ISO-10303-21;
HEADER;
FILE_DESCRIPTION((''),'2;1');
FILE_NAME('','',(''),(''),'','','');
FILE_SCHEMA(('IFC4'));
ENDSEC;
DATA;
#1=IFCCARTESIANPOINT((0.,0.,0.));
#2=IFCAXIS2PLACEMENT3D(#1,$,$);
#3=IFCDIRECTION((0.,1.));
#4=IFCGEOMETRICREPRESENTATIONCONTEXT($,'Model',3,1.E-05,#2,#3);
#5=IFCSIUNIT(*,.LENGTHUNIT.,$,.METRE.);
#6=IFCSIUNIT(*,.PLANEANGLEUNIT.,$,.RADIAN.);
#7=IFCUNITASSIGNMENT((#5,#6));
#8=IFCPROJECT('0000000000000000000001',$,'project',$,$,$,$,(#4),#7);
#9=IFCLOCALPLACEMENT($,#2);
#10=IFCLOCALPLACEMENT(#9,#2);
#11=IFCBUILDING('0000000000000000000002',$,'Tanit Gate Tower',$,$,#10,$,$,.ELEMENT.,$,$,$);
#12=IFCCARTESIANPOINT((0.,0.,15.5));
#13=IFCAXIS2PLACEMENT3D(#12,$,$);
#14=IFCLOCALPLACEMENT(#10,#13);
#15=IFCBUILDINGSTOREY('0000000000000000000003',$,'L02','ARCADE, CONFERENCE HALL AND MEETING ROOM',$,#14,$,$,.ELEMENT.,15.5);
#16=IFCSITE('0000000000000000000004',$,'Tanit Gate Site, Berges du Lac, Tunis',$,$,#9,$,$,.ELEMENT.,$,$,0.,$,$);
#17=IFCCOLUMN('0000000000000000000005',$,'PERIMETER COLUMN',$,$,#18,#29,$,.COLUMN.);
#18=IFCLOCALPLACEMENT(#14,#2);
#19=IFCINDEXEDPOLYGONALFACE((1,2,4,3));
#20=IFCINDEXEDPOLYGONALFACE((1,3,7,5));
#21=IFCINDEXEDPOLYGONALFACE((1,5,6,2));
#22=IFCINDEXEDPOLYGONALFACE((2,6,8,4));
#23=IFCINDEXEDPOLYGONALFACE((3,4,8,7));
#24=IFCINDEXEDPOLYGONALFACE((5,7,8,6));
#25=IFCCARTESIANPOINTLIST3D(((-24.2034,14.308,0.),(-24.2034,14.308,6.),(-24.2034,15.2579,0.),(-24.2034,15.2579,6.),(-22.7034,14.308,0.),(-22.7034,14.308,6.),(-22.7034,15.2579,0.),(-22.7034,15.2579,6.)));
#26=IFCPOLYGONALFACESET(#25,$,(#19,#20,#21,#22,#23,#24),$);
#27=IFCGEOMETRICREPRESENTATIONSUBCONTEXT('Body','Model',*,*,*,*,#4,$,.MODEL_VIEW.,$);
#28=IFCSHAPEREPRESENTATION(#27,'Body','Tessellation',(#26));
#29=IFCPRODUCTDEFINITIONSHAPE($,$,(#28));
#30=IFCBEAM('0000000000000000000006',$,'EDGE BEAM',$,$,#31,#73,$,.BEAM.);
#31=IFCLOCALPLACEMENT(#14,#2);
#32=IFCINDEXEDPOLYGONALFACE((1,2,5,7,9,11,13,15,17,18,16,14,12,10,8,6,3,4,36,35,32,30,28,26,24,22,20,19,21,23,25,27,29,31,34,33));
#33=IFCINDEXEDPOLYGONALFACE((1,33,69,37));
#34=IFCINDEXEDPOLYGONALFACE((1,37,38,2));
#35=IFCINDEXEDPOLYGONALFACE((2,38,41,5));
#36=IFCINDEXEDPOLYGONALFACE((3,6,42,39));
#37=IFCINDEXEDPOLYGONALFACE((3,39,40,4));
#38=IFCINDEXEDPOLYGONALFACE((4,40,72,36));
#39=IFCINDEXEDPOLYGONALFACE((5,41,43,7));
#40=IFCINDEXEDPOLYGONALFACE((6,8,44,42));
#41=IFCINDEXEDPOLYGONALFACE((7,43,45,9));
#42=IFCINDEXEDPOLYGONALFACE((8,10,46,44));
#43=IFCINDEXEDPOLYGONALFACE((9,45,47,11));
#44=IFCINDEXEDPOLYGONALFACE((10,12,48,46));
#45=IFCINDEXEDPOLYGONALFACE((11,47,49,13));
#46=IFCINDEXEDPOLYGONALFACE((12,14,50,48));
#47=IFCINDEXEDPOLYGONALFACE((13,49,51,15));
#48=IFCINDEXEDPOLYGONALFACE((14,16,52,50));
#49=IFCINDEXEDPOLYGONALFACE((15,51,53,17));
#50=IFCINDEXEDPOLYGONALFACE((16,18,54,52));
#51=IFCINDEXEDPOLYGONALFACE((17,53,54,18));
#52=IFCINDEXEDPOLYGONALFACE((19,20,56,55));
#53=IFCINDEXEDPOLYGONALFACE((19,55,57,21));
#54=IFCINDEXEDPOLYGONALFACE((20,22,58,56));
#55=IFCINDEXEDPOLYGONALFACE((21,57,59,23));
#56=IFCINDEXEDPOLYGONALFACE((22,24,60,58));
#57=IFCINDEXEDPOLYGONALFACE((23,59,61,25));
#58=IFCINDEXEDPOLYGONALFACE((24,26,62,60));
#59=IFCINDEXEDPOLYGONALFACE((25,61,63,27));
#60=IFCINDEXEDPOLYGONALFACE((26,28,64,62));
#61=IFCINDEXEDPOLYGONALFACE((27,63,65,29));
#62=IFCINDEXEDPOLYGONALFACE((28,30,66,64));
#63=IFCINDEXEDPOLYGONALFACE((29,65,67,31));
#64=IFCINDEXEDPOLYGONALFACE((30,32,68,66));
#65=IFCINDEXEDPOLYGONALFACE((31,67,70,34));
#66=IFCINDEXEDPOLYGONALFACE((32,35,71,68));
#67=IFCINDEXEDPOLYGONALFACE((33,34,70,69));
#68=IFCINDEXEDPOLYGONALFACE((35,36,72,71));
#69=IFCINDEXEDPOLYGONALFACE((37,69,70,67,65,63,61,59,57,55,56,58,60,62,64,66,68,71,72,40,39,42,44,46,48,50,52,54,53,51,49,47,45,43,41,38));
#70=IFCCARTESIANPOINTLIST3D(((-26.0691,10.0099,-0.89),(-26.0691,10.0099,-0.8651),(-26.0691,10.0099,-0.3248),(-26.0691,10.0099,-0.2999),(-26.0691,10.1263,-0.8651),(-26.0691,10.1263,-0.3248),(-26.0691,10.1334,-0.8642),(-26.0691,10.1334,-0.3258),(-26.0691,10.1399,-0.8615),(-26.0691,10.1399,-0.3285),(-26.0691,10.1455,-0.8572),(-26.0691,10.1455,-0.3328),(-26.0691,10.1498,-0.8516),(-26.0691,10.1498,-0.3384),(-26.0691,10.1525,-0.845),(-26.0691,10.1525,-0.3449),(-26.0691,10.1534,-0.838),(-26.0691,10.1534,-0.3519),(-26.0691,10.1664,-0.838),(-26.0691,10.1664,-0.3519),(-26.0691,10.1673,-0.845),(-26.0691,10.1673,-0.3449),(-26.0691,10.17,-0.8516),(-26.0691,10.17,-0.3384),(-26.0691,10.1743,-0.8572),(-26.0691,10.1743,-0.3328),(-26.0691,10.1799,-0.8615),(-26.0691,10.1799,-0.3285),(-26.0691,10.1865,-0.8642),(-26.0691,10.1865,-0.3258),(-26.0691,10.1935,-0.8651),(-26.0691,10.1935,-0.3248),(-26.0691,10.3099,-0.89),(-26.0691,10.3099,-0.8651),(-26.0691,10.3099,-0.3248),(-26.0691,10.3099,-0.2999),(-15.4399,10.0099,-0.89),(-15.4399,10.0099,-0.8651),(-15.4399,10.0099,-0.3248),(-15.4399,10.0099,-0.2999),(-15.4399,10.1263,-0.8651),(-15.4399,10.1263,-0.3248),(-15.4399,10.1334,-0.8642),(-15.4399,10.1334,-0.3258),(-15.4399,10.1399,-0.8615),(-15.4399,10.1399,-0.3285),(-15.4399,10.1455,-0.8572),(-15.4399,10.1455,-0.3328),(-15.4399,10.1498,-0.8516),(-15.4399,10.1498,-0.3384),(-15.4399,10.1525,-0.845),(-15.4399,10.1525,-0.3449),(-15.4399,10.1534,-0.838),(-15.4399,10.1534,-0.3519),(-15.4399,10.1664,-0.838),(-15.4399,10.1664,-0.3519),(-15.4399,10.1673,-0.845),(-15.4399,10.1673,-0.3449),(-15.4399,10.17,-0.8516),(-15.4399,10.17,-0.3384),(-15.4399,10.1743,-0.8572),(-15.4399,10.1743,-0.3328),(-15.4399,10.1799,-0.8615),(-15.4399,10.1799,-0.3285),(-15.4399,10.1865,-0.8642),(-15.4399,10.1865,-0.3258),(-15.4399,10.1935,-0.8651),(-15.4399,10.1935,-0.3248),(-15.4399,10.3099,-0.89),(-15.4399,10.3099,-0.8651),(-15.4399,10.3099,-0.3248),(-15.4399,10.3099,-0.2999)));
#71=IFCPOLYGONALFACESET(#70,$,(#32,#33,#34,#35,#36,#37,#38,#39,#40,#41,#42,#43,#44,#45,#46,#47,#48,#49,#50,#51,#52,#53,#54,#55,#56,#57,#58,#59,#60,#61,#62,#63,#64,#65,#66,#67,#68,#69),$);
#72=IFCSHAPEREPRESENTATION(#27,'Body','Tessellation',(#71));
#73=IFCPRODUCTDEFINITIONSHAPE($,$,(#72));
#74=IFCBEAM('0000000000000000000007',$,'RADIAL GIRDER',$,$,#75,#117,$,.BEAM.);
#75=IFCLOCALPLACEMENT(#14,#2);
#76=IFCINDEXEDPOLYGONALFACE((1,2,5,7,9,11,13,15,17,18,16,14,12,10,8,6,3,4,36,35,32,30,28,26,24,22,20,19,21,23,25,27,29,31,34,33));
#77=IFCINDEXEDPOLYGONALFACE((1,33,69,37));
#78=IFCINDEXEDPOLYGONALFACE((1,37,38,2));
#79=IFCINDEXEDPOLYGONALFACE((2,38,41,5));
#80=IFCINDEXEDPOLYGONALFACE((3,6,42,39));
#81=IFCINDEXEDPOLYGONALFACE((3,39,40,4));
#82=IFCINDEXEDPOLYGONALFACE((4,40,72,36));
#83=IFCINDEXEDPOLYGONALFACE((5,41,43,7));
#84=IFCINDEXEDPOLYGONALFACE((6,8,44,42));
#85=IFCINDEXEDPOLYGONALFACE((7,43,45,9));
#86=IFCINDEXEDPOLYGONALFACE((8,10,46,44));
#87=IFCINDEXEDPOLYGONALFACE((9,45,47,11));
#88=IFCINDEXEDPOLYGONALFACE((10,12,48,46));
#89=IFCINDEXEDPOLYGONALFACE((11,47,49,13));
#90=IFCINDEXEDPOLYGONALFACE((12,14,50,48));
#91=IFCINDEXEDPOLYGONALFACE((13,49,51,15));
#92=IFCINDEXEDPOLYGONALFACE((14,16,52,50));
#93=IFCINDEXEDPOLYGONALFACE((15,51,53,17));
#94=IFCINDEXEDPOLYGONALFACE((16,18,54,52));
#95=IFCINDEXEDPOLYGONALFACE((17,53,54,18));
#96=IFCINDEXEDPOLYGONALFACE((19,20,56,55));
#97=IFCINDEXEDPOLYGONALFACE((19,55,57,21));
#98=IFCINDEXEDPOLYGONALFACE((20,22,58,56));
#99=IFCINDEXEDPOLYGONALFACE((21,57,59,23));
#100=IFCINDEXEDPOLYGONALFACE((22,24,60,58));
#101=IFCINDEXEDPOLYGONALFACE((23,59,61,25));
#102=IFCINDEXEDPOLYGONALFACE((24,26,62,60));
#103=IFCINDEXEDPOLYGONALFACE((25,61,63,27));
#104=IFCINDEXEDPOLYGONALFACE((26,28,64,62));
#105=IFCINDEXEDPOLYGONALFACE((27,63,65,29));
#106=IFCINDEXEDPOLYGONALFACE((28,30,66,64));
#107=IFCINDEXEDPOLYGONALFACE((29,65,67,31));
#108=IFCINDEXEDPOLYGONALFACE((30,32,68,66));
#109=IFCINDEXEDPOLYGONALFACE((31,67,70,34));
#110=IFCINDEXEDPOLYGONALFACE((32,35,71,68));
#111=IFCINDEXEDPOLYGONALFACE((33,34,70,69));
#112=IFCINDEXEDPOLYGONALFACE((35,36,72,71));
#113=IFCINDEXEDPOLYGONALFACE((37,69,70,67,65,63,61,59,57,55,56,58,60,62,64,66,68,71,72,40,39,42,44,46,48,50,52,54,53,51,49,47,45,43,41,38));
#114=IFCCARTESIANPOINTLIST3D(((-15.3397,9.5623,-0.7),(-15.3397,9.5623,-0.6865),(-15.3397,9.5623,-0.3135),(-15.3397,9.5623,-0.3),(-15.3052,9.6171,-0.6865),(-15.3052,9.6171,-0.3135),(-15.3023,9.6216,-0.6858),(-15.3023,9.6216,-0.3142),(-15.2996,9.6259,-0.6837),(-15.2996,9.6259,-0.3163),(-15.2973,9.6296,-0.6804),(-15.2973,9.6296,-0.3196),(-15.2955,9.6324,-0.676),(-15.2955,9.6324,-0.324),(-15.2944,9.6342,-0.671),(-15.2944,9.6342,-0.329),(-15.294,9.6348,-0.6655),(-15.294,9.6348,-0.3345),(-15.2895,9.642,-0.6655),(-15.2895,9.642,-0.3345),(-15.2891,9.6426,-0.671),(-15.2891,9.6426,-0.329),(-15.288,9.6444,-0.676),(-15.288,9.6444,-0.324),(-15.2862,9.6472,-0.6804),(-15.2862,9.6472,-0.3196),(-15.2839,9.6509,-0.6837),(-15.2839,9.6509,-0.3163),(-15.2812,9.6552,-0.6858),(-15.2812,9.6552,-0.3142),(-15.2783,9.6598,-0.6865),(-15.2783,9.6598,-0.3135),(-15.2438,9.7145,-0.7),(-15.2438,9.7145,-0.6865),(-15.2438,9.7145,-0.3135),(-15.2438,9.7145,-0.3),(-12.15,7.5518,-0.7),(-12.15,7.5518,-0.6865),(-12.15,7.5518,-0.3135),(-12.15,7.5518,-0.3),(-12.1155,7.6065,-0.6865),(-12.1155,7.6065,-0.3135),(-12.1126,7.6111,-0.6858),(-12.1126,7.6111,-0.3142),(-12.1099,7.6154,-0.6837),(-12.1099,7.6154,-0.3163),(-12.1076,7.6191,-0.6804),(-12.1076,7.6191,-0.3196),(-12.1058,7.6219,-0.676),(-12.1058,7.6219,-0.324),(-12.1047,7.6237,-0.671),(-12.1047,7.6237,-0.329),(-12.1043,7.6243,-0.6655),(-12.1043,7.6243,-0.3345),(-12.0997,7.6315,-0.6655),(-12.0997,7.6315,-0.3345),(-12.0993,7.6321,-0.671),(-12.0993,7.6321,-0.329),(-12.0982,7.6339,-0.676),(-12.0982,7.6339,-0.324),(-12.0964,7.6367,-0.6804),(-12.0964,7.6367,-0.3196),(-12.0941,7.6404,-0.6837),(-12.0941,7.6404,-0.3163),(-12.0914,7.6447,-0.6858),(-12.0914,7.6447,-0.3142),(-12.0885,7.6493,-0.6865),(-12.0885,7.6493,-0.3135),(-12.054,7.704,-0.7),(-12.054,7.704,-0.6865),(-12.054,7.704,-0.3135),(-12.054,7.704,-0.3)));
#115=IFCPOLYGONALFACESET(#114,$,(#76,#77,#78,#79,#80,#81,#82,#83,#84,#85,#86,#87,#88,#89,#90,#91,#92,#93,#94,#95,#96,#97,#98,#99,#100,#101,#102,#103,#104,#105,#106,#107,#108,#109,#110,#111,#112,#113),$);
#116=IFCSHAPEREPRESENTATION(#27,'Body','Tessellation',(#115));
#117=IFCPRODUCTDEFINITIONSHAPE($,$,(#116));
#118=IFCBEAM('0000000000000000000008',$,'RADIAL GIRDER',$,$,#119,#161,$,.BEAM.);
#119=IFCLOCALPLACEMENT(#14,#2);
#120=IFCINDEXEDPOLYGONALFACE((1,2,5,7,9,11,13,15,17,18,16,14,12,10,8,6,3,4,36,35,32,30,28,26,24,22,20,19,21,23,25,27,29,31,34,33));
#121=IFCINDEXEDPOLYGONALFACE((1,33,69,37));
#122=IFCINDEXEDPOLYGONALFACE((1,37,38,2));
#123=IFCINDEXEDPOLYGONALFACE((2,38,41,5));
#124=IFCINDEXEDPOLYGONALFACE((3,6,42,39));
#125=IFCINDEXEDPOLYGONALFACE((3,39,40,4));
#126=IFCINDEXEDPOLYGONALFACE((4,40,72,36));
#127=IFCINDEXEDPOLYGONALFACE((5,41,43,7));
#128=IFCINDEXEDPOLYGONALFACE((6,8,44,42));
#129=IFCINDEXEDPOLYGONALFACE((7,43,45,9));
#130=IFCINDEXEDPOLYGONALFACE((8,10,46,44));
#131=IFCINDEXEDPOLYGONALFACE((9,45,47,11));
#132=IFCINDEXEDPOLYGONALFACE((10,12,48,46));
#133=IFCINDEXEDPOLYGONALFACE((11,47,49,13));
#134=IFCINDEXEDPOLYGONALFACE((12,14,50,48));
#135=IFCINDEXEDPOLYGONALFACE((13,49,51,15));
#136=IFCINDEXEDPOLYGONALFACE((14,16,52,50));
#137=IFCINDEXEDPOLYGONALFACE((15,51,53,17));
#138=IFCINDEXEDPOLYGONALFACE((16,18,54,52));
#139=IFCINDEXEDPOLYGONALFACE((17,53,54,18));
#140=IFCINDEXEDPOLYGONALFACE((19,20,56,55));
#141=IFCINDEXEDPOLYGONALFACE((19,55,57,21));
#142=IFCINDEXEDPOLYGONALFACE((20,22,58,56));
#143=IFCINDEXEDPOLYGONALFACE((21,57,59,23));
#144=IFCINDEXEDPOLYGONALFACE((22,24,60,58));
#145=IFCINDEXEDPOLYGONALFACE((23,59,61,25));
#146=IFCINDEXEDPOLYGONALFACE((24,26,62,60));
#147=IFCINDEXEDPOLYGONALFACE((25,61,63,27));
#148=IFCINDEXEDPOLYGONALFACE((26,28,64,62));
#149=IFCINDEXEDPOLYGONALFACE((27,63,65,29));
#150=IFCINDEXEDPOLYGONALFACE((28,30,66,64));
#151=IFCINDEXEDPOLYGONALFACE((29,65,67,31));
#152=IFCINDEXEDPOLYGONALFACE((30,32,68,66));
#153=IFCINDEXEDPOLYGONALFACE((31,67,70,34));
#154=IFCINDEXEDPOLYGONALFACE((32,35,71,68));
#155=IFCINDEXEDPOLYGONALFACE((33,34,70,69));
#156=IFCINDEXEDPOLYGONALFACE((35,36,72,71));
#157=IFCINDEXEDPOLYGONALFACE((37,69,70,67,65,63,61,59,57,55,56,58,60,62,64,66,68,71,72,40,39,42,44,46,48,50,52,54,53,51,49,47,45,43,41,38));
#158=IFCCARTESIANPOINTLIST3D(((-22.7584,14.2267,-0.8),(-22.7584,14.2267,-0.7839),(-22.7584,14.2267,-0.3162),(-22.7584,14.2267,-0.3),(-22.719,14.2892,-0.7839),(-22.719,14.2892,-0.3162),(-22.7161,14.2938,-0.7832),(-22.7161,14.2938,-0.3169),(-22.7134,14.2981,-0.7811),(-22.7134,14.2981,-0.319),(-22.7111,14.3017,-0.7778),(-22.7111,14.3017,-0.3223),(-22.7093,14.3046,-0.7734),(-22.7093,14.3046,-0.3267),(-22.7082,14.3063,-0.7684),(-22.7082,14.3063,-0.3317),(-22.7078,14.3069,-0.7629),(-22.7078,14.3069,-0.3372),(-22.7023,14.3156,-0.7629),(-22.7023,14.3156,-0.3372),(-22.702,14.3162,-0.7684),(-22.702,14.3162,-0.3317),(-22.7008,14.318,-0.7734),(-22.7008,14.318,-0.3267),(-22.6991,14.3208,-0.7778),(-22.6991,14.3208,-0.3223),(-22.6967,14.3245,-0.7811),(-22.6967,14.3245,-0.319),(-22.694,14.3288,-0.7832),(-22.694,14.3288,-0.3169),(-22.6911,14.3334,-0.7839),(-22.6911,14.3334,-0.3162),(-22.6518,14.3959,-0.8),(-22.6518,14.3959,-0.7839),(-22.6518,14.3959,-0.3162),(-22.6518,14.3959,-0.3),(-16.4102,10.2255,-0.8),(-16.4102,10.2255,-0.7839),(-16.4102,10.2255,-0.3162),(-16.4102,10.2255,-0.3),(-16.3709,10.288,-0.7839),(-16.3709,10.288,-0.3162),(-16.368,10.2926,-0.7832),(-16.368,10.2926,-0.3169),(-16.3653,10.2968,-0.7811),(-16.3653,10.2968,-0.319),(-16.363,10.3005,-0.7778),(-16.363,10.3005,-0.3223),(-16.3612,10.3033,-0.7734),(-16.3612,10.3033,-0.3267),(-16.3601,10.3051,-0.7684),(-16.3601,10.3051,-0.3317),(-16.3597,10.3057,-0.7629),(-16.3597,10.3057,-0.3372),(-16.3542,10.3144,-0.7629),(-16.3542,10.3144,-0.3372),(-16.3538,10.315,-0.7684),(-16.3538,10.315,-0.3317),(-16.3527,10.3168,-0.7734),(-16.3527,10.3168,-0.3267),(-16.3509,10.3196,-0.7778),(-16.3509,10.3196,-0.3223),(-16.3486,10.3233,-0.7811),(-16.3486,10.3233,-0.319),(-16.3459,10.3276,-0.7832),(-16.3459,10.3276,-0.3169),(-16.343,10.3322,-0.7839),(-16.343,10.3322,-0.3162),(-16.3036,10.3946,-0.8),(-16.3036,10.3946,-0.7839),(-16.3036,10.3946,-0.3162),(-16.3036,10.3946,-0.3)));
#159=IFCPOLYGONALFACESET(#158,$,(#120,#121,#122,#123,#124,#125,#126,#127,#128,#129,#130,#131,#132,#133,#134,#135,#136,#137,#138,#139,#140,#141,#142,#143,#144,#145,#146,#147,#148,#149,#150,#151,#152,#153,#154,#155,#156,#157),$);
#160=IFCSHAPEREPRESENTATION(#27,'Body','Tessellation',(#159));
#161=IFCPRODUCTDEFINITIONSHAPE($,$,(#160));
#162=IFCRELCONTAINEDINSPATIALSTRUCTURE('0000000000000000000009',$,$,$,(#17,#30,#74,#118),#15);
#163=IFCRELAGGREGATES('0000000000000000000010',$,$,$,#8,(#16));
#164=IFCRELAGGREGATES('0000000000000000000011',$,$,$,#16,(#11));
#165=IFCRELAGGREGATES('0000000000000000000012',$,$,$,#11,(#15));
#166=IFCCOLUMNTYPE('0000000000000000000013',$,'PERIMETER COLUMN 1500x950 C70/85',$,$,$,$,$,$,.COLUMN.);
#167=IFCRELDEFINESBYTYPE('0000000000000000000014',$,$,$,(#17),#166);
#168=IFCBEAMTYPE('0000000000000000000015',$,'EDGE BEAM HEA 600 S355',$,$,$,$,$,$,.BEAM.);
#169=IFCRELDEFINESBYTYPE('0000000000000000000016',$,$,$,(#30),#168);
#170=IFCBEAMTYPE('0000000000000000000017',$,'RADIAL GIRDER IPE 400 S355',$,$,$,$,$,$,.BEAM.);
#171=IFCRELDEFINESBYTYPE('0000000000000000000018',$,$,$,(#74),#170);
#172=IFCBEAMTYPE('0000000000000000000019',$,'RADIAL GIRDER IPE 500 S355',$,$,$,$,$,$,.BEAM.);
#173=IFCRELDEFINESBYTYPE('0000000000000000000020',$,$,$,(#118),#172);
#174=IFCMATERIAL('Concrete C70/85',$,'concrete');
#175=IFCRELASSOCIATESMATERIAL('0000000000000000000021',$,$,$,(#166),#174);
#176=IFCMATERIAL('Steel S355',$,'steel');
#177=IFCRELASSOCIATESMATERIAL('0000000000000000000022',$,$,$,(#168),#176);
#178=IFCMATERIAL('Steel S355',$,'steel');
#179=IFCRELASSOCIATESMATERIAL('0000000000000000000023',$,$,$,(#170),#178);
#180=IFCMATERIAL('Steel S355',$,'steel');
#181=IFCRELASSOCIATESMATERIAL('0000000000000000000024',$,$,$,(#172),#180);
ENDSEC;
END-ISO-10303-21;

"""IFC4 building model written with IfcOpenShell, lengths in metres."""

from ifc_helpers import new_model, si_unit, direction, frame, origin, origin_2d, place, context, subcontext, project, spatial, rectangle, i_section, extrude, material, material_profile, profile_set, type_object, element, save


model = new_model("IFC4")

# Units and contexts
model_context = context("Model", 3, precision=1e-05, world=origin(), true_north=direction((0.0, 1.0)))
body_context = subcontext(model_context, "Body", "Model", "MODEL_VIEW")
ifc_project = project(units=[si_unit("LENGTHUNIT", "METRE"), si_unit("PLANEANGLEUNIT", "RADIAN")], contexts=[model_context])

# Site, building, storey
site_placement = place(None, origin())
site = spatial("IfcSite", under=ifc_project, at=site_placement, Name="Tanit Gate Site, Berges du Lac, Tunis", CompositionType="ELEMENT", RefElevation=0.0)
building_placement = place(site_placement, origin())
building = spatial("IfcBuilding", under=site, at=building_placement, Name="Tanit Gate Tower", CompositionType="ELEMENT")
storey_placement = place(building_placement, frame((0.0, 0.0, 15.5)))
storey = spatial("IfcBuildingStorey", under=building, at=storey_placement, Name="L02", Description="ARCADE, CONFERENCE HALL AND MEETING ROOM", CompositionType="ELEMENT", Elevation=15.5)

# Column
ifc_material_1 = material(Name="Concrete C70/85", Category="concrete")
ifc_material_profile_1 = material_profile(ifc_material_1, rectangle(XDim=1.5, YDim=0.95, at=origin_2d()), Name="RC 1500x950")
ifc_profile_set_1 = profile_set([ifc_material_profile_1], Name="Concrete C70/85")
column_type = type_object("IfcColumnType", Name="PERIMETER COLUMN 1500x950 C70/85", PredefinedType="COLUMN", material=ifc_profile_set_1)
column_placement = place(storey_placement, frame((-23.4534, 14.783, 0.0), z_axis=(0.0, 0.0, 1.0), x_axis=(-1.0, 0.0, 0.0)))
element("IfcColumn", 1, at=column_placement, inside=storey, type_object=column_type, Name="PERIMETER COLUMN", PredefinedType="COLUMN", context=body_context, shape_type="SweptSolid", body=[
    extrude(rectangle(XDim=1.5, YDim=0.95, at=origin_2d()), origin(), (0.0, 0.0, 1.0), 6.0),
])

# Beams
ifc_material_2 = material(Name="Steel S355", Category="steel")
ifc_material_profile_2 = material_profile(ifc_material_2, i_section(OverallWidth=0.3, OverallDepth=0.5901, WebThickness=0.0129, FlangeThickness=0.0249, FilletRadius=0.0271, at=origin_2d()), Name="HEA 600")
ifc_profile_set_2 = profile_set([ifc_material_profile_2], Name="Steel S355")
beam_type_1 = type_object("IfcBeamType", Name="EDGE BEAM HEA 600 S355", PredefinedType="BEAM", material=ifc_profile_set_2)
beam_1_placement = place(storey_placement, frame((-15.4399, 10.1599, -0.595), z_axis=(-1.0, 0.0, 0.0), x_axis=(0.0, -1.0, 0.0)))
element("IfcBeam", 2, at=beam_1_placement, inside=storey, type_object=beam_type_1, Name="EDGE BEAM", PredefinedType="BEAM", context=body_context, shape_type="SweptSolid", body=[
    extrude(i_section(OverallWidth=0.3, OverallDepth=0.5901, WebThickness=0.0129, FlangeThickness=0.0249, FilletRadius=0.0271, at=origin_2d()), origin(), (0.0, 0.0, 1.0), 10.6292),
])
ifc_material_3 = material(Name="Steel S355", Category="steel")
ifc_material_profile_3 = material_profile(ifc_material_3, i_section(OverallWidth=0.1799, OverallDepth=0.3999, WebThickness=0.0085, FlangeThickness=0.0134, FilletRadius=0.021, at=origin_2d()), Name="IPE 400")
ifc_profile_set_3 = profile_set([ifc_material_profile_3], Name="Steel S355")
beam_type_2 = type_object("IfcBeamType", Name="RADIAL GIRDER IPE 400 S355", PredefinedType="BEAM", material=ifc_profile_set_3)
beam_2_placement = place(storey_placement, frame((-15.2917, 9.6384, -0.5), z_axis=(0.845973, -0.533225, 0.0), x_axis=(0.533225, 0.845973, 0.0)))
element("IfcBeam", 3, at=beam_2_placement, inside=storey, type_object=beam_type_2, Name="RADIAL GIRDER", PredefinedType="BEAM", context=body_context, shape_type="SweptSolid", body=[
    extrude(i_section(OverallWidth=0.1799, OverallDepth=0.3999, WebThickness=0.0085, FlangeThickness=0.0134, FilletRadius=0.021, at=origin_2d()), origin(), (0.0, 0.0, 1.0), 3.7705),
])
ifc_material_4 = material(Name="Steel S355", Category="steel")
ifc_material_profile_4 = material_profile(ifc_material_4, i_section(OverallWidth=0.2, OverallDepth=0.5, WebThickness=0.0103, FlangeThickness=0.0161, FilletRadius=0.021, at=origin_2d()), Name="IPE 500")
ifc_profile_set_4 = profile_set([ifc_material_profile_4], Name="Steel S355")
beam_type_3 = type_object("IfcBeamType", Name="RADIAL GIRDER IPE 500 S355", PredefinedType="BEAM", material=ifc_profile_set_4)
beam_3_placement = place(storey_placement, frame((-22.7051, 14.3113, -0.55), z_axis=(0.845978, -0.533218, 0.0), x_axis=(0.533218, 0.845978, 0.0)))
element("IfcBeam", 4, at=beam_3_placement, inside=storey, type_object=beam_type_3, Name="RADIAL GIRDER", PredefinedType="BEAM", context=body_context, shape_type="SweptSolid", body=[
    extrude(i_section(OverallWidth=0.2, OverallDepth=0.5, WebThickness=0.0103, FlangeThickness=0.0161, FilletRadius=0.021, at=origin_2d()), origin(), (0.0, 0.0, 1.0), 7.5039),
])

save(model, "model.ifc")
